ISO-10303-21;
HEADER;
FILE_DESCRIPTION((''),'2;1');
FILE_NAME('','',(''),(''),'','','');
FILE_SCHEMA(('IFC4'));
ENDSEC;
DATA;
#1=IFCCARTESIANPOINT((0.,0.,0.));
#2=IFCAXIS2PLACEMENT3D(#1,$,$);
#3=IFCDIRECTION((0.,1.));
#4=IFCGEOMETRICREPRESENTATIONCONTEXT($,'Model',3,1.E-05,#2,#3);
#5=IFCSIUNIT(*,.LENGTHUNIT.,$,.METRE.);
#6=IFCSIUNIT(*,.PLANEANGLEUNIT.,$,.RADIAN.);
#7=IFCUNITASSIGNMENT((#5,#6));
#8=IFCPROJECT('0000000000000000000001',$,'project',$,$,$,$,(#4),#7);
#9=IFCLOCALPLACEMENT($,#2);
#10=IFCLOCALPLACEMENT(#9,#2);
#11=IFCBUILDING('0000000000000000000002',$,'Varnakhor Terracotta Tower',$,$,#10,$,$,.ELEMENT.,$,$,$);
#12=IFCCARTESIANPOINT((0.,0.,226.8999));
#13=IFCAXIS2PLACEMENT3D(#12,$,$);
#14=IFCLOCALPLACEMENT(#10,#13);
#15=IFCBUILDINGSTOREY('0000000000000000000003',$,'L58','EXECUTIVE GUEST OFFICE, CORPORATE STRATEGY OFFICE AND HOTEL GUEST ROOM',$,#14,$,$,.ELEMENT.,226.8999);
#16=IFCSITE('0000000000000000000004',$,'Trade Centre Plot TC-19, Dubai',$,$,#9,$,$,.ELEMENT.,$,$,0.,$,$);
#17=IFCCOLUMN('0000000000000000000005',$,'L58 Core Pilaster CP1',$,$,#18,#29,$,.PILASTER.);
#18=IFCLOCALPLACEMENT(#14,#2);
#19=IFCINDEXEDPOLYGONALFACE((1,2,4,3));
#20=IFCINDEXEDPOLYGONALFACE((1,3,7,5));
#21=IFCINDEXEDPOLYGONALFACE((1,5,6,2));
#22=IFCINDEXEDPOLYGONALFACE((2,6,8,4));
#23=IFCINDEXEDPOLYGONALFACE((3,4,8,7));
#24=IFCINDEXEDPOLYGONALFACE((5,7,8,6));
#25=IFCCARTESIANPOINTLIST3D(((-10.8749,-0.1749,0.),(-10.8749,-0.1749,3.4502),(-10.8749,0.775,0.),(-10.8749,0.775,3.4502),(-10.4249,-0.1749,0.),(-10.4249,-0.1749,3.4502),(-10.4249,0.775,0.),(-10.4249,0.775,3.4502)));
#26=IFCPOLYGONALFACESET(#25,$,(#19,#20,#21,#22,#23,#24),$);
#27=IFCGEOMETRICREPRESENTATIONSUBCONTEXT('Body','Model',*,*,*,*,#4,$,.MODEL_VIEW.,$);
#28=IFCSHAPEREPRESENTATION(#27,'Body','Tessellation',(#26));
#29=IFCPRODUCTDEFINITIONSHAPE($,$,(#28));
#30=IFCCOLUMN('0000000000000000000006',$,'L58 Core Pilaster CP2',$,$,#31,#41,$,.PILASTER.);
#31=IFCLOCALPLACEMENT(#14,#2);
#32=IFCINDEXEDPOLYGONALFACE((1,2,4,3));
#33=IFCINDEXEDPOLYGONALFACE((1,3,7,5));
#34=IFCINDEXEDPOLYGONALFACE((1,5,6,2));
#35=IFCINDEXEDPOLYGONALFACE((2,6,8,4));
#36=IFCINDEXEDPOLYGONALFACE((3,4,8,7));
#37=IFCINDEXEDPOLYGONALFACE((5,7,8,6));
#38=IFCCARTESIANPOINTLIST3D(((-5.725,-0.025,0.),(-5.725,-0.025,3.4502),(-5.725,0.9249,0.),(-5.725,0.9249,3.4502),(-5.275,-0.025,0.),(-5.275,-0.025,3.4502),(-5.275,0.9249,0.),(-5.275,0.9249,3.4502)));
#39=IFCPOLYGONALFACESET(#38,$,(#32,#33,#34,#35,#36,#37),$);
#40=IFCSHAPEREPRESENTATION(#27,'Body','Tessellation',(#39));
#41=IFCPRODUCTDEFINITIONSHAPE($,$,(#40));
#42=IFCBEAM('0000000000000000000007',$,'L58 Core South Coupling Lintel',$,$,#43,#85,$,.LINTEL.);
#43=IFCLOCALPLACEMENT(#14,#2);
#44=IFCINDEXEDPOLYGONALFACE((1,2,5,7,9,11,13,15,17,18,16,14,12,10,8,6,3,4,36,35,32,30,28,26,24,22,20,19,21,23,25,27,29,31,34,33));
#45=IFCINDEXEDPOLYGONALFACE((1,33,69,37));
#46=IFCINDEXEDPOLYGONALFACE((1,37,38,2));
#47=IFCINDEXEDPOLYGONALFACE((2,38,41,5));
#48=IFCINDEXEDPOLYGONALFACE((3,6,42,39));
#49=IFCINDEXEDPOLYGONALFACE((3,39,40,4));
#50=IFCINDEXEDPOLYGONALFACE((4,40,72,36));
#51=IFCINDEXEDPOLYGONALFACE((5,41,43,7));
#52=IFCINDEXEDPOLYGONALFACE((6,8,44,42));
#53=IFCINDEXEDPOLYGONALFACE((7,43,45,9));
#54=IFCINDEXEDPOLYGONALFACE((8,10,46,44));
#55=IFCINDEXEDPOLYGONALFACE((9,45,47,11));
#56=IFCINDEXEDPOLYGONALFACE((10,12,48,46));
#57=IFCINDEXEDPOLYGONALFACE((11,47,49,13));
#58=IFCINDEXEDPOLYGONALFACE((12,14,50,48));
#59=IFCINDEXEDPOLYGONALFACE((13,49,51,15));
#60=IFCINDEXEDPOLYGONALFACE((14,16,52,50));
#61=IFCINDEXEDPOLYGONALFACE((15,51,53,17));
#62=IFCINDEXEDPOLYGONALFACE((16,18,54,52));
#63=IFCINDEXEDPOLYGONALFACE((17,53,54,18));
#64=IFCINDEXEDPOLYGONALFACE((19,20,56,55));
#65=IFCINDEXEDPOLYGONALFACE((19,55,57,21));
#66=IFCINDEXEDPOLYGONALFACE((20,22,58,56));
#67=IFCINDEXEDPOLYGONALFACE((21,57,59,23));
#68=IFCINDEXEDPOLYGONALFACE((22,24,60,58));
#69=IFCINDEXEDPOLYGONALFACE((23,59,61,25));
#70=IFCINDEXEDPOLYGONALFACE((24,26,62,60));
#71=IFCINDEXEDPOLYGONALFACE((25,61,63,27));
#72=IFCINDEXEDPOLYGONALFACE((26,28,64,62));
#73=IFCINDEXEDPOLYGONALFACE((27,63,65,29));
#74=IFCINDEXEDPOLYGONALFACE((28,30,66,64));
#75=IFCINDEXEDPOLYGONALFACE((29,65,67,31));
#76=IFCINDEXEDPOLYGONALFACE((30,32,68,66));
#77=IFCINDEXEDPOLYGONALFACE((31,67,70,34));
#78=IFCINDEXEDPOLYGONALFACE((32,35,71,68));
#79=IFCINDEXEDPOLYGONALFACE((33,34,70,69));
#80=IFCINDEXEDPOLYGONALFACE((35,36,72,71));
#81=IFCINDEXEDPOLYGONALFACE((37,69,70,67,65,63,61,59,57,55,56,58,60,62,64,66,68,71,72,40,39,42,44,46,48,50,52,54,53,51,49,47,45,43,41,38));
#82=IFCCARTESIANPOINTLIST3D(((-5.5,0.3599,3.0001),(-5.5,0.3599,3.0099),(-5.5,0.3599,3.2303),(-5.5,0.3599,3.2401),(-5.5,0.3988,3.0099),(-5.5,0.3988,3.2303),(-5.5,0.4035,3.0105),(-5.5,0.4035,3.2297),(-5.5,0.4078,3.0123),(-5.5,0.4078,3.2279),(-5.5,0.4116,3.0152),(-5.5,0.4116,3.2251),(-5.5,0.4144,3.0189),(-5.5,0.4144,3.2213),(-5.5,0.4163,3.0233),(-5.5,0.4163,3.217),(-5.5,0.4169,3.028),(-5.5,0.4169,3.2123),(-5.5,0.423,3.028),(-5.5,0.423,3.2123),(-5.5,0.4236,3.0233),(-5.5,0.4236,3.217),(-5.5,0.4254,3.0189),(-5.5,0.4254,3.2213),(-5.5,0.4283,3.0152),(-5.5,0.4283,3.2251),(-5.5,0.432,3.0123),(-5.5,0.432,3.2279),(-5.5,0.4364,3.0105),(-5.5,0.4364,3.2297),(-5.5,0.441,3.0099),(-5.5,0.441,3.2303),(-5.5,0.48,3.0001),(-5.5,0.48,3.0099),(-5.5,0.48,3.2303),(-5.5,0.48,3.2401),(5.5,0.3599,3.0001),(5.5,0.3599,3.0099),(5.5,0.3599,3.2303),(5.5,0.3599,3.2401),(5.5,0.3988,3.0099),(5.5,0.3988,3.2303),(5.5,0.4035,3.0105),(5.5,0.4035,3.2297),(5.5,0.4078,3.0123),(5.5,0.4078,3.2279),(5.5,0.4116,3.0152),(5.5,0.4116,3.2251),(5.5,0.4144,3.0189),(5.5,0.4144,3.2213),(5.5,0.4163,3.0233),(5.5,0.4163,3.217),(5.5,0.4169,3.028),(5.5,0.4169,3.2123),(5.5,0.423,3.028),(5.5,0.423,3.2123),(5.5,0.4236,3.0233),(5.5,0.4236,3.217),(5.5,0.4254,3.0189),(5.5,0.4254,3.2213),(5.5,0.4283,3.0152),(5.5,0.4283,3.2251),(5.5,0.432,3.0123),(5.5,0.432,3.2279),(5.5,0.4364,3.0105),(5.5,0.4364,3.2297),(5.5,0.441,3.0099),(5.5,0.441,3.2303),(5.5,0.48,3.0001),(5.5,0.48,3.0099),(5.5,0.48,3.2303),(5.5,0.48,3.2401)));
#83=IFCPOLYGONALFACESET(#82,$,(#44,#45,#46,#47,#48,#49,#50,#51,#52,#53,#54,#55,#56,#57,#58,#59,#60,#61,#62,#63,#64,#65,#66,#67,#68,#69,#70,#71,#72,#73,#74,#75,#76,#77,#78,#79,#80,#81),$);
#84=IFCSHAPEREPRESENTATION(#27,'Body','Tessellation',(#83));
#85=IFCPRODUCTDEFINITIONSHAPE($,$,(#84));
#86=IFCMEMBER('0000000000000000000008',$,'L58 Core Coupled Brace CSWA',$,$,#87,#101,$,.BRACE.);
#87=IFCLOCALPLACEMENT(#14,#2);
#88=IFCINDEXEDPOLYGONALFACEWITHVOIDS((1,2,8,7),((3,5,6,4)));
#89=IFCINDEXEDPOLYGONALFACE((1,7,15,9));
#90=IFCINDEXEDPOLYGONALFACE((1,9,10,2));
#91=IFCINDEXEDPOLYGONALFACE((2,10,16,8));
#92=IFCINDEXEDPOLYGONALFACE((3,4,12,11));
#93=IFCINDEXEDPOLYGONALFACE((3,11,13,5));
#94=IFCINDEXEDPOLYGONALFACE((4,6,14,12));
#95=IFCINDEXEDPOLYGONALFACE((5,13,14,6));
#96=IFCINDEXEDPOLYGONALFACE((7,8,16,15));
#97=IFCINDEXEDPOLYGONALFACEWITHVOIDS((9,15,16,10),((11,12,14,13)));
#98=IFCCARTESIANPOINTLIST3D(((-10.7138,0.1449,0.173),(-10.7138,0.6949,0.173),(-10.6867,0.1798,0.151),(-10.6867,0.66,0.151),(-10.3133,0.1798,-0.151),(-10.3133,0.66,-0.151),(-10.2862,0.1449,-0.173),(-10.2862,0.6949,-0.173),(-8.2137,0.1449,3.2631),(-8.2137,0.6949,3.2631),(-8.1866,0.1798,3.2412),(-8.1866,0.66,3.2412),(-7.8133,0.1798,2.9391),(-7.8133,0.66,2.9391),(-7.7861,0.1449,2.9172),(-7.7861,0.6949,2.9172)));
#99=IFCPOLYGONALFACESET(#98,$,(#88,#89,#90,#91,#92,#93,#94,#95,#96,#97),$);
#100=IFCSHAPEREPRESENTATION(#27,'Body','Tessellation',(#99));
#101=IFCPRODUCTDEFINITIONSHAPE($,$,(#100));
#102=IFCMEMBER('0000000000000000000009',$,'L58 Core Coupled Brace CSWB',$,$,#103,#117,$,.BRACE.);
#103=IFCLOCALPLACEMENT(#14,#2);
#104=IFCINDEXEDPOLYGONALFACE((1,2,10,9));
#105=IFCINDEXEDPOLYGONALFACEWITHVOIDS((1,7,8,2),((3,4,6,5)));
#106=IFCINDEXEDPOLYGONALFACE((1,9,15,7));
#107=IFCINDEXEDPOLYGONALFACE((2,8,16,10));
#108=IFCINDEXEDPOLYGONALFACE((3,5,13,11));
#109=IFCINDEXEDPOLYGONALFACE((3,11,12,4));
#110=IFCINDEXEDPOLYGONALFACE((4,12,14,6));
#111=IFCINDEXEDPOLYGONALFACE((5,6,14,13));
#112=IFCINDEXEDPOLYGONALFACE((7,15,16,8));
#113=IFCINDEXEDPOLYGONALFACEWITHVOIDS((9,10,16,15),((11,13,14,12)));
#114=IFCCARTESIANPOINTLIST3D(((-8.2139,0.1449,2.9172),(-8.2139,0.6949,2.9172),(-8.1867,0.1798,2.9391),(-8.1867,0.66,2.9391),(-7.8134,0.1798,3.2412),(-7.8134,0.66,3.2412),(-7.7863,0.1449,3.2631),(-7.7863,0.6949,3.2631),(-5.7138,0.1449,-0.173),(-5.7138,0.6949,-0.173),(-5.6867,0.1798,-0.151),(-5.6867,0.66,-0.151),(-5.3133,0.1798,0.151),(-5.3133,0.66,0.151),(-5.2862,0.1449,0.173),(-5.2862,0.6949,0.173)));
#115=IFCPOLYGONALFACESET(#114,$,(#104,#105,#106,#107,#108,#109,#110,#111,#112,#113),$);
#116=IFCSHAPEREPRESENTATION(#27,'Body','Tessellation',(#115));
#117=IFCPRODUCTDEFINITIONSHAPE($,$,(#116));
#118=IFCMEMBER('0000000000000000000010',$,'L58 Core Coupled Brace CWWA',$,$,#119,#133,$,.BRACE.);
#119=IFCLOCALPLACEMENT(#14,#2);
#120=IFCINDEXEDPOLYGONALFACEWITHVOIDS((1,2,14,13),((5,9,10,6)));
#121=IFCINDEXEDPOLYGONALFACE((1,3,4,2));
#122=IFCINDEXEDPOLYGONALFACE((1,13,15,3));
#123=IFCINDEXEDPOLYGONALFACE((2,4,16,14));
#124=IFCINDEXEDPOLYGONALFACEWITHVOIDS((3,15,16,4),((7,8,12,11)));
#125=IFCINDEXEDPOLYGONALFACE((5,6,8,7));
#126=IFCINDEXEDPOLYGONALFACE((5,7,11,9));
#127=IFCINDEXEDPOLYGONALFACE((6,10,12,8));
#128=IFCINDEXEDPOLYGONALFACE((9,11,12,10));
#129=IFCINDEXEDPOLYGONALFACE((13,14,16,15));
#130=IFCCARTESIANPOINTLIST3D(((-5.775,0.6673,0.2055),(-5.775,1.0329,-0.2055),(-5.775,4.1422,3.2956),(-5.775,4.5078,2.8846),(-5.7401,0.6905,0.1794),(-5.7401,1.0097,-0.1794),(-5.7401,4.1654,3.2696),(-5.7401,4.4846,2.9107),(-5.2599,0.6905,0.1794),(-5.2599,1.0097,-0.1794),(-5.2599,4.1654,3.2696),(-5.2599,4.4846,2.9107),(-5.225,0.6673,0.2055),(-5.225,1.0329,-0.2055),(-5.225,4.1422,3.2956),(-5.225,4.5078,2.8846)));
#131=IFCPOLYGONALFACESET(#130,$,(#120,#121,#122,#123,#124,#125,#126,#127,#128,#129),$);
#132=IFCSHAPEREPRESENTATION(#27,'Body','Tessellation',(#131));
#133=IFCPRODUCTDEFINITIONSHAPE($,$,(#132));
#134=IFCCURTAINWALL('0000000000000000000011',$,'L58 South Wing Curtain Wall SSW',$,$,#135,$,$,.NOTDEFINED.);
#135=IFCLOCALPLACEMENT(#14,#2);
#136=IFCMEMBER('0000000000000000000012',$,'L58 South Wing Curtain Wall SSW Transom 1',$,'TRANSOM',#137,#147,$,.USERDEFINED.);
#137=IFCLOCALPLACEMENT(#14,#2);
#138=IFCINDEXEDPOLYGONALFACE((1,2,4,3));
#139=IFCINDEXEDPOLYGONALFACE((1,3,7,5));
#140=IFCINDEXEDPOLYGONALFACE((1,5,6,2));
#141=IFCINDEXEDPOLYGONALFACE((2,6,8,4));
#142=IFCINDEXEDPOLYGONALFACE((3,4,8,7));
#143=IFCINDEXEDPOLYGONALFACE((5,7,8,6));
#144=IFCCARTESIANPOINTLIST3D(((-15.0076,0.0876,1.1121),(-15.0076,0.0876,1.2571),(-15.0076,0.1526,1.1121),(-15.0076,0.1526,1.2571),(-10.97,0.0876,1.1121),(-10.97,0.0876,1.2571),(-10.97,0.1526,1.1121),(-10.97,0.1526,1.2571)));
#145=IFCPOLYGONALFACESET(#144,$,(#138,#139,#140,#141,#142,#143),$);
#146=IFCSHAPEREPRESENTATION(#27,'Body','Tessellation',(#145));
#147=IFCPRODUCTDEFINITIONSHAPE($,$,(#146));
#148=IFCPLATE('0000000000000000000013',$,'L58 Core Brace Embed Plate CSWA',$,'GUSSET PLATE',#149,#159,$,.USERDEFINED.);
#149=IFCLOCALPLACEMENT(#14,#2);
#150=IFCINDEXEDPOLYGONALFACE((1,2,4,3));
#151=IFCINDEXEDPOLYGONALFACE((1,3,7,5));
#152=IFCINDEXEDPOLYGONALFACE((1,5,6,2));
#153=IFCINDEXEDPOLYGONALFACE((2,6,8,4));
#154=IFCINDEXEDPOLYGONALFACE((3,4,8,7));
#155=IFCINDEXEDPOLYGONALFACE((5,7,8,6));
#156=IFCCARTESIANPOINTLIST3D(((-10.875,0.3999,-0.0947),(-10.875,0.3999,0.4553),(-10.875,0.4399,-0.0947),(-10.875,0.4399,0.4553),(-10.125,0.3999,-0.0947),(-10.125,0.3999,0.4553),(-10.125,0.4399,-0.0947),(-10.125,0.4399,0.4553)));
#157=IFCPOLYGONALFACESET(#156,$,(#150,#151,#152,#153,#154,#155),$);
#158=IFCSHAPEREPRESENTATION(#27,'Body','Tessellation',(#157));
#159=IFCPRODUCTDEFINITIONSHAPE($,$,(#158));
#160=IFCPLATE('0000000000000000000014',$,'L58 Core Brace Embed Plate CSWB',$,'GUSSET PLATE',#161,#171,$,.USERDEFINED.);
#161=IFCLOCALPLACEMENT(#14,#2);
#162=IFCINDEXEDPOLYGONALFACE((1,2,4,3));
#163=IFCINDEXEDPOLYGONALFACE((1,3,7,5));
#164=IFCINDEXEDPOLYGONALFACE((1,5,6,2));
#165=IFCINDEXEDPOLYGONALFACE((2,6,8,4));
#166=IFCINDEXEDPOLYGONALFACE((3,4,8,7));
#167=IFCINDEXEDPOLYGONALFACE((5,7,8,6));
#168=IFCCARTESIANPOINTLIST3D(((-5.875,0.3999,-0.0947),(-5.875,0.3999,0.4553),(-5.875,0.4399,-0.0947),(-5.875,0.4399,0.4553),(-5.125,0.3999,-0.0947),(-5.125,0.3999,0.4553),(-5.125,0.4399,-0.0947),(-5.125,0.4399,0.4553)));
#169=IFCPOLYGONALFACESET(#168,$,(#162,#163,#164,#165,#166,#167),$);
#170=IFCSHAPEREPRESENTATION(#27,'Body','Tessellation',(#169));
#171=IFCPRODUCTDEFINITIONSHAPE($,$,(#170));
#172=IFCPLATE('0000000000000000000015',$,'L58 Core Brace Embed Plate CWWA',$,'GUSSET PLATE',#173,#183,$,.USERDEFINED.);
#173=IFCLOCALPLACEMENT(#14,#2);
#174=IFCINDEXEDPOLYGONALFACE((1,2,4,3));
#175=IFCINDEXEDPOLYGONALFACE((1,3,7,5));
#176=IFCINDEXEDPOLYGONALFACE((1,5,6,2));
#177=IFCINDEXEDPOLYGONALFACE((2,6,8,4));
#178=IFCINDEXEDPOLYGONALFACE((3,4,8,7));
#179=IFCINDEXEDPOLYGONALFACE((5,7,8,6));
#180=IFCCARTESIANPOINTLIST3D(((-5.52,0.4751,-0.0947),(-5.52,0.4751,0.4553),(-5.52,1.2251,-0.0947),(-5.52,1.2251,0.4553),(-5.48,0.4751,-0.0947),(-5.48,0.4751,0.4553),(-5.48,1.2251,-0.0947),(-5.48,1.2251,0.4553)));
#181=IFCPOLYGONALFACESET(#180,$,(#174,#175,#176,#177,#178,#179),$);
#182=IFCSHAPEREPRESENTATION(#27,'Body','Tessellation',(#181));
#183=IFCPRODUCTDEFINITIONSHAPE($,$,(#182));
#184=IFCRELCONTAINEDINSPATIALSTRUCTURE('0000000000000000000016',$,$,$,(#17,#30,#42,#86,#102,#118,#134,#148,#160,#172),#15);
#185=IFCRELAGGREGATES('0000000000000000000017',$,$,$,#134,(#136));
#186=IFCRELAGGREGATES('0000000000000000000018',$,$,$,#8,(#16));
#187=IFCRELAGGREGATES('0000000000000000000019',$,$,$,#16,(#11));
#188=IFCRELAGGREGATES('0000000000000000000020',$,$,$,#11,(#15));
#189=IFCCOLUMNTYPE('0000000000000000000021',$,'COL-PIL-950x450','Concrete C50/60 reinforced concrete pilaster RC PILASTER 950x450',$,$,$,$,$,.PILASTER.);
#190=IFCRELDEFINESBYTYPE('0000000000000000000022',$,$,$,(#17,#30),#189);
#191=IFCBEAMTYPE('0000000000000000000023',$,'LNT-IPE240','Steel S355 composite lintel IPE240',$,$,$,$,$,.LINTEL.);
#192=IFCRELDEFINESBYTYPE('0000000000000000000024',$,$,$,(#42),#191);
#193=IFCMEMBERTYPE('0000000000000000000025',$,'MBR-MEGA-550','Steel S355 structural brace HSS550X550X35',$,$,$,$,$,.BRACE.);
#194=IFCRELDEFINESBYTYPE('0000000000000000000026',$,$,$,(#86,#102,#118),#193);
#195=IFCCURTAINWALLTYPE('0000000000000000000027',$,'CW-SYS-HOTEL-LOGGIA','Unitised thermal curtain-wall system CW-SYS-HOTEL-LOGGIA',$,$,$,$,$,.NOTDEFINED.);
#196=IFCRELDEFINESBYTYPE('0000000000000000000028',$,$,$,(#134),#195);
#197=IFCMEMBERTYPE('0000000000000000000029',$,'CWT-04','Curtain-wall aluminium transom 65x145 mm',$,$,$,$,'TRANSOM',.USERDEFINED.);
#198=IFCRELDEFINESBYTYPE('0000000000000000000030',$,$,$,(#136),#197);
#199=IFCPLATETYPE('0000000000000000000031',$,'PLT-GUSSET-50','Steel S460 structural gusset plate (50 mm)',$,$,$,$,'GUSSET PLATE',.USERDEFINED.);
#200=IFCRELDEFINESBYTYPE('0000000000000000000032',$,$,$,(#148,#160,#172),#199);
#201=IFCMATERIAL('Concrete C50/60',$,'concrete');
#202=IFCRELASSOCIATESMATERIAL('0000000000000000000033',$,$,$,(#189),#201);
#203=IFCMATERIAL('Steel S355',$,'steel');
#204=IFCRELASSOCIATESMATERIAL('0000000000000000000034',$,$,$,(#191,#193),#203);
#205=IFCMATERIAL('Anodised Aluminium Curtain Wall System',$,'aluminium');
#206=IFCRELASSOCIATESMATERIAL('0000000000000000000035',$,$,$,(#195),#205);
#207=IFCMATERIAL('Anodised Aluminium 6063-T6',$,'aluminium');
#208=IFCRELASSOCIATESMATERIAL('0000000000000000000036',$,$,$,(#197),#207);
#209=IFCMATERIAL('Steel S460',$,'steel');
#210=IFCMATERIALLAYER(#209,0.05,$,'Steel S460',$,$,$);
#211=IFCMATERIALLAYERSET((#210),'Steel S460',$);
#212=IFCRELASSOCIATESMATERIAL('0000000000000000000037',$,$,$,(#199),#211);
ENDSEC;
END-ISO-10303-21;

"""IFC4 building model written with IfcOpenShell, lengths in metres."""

from ifc_helpers import new_model, si_unit, direction, frame, origin, origin_2d, place, context, subcontext, project, spatial, rectangle, hollow_rectangle, i_section, extrude, source, transform, mapped, material, layer, layer_set, material_profile, profile_set, type_object, type_shapes, element, aggregate, save


model = new_model("IFC4")

# Units and contexts
model_context = context("Model", 3, precision=1e-05, world=origin(), true_north=direction((0.0, 1.0)))
body_context = subcontext(model_context, "Body", "Model", "MODEL_VIEW")
ifc_project = project(units=[si_unit("LENGTHUNIT", "METRE"), si_unit("PLANEANGLEUNIT", "RADIAN")], contexts=[model_context])

# Site, building, storey
site_placement = place(None, origin())
site = spatial("IfcSite", under=ifc_project, at=site_placement, Name="Trade Centre Plot TC-19, Dubai", CompositionType="ELEMENT", RefElevation=0.0)
building_placement = place(site_placement, origin())
building = spatial("IfcBuilding", under=site, at=building_placement, Name="Varnakhor Terracotta Tower", CompositionType="ELEMENT")
storey_placement = place(building_placement, frame((0.0, 0.0, 226.8999)))
storey = spatial("IfcBuildingStorey", under=building, at=storey_placement, Name="L58", Description="EXECUTIVE GUEST OFFICE, CORPORATE STRATEGY OFFICE AND HOTEL GUEST ROOM", CompositionType="ELEMENT", Elevation=226.8999)

# Columns
ifc_material_1 = material(Name="Concrete C50/60", Category="concrete")
ifc_material_profile_1 = material_profile(ifc_material_1, rectangle(XDim=0.45, YDim=0.95, at=origin_2d()), Name="RC PILASTER 950x450")
ifc_profile_set_1 = profile_set([ifc_material_profile_1], Name="Concrete C50/60")
column_type = type_object("IfcColumnType", Name="COL-PIL-950x450", Description="Concrete C50/60 reinforced concrete pilaster RC PILASTER 950x450", PredefinedType="PILASTER", material=ifc_profile_set_1)
shared_shape_1 = source(origin(), body_context, "Body", "SweptSolid", [
    extrude(rectangle(XDim=0.45, YDim=0.95, at=origin_2d()), origin(), (0.0, 0.0, 1.0), 3.4502),
])
for number, where, z_axis, x_axis, name in (
    (1, (-10.6499, 0.3, 0.0), (0.0, 0.0, 1.0), (1.0, 0.0, 0.0), "L58 Core Pilaster CP1"),
    (2, (-5.5, 0.45, 0.0), (0.0, 0.0, 1.0), (1.0, 0.0, 0.0), "L58 Core Pilaster CP2"),
):
    element("IfcColumn", number, at=place(storey_placement, frame(where, z_axis=z_axis, x_axis=x_axis)), inside=storey, type_object=column_type, Name=name, PredefinedType="PILASTER", context=body_context, shape_type="MappedRepresentation", body=[
        mapped(shared_shape_1, transform((0.0, 0.0, 0.0), scale=1.0)),
    ])

# Beam
ifc_material_2 = material(Name="Steel S355", Category="steel")
ifc_material_profile_2 = material_profile(ifc_material_2, i_section(OverallWidth=0.1201, OverallDepth=0.24, WebThickness=0.0061, FlangeThickness=0.0098, FilletRadius=0.0181, at=origin_2d()), Name="IPE240")
ifc_profile_set_2 = profile_set([ifc_material_profile_2], Name="Steel S355")
beam_type = type_object("IfcBeamType", Name="LNT-IPE240", Description="Steel S355 composite lintel IPE240", PredefinedType="LINTEL", material=ifc_profile_set_2)
shared_shape_2 = source(origin(), body_context, "Body", "SweptSolid", [
    extrude(i_section(OverallWidth=0.1201, OverallDepth=0.24, WebThickness=0.0061, FlangeThickness=0.0098, FilletRadius=0.0181, at=origin_2d()), origin(), (0.0, 0.0, 1.0), 11.0),
])
type_shapes(beam_type, [shared_shape_2])
beam_placement = place(storey_placement, frame((-5.5, 0.4199, 3.1201), z_axis=(1.0, 0.0, 0.0), x_axis=(0.0, 1.0, 0.0)))
element("IfcBeam", 3, at=beam_placement, inside=storey, type_object=beam_type, Name="L58 Core South Coupling Lintel", PredefinedType="LINTEL", context=body_context, shape_type="MappedRepresentation", body=[
    mapped(shared_shape_2, transform((0.0, 0.0, 0.0), scale=1.0)),
])

# Members
ifc_material_profile_3 = material_profile(ifc_material_2, hollow_rectangle(XDim=0.55, YDim=0.55, WallThickness=0.0349, at=origin_2d()), Name="HSS550X550X35")
ifc_profile_set_3 = profile_set([ifc_material_profile_3], Name="Steel S355")
member_type_1 = type_object("IfcMemberType", Name="MBR-MEGA-550", Description="Steel S355 structural brace HSS550X550X35", PredefinedType="BRACE", material=ifc_profile_set_3)
shared_shape_3 = source(origin(), body_context, "Body", "SweptSolid", [
    extrude(hollow_rectangle(XDim=0.55, YDim=0.55, WallThickness=0.0349, at=origin_2d()), origin(), (0.0, 0.0, 1.0), 3.9749),
])
for number, where, z_axis, x_axis, name in (
    (4, (-10.5, 0.4199, 0.0), (0.62897, 0.0, 0.777429), (0.0, 1.0, 0.0), "L58 Core Coupled Brace CSWA"),
    (5, (-5.5, 0.4199, 0.0), (-0.62897, 0.0, 0.777429), (0.0, -1.0, 0.0), "L58 Core Coupled Brace CSWB"),
):
    element("IfcMember", number, at=place(storey_placement, frame(where, z_axis=z_axis, x_axis=x_axis)), inside=storey, type_object=member_type_1, Name=name, PredefinedType="BRACE", context=body_context, shape_type="MappedRepresentation", body=[
        mapped(shared_shape_3, transform((0.0, 0.0, 0.0), scale=1.0)),
    ])
shared_shape_4 = source(origin(), body_context, "Body", "SweptSolid", [
    extrude(hollow_rectangle(XDim=0.55, YDim=0.55, WallThickness=0.0349, at=origin_2d()), origin(), (0.0, 0.0, 1.0), 4.6501),
])
member_1_placement = place(storey_placement, frame((-5.5, 0.8501, 0.0), z_axis=(0.0, 0.747267, 0.664524), x_axis=(-1.0, 0.0, 0.0)))
element("IfcMember", 6, at=member_1_placement, inside=storey, type_object=member_type_1, Name="L58 Core Coupled Brace CWWA", PredefinedType="BRACE", context=body_context, shape_type="MappedRepresentation", body=[
    mapped(shared_shape_4, transform((0.0, 0.0, 0.0), scale=1.0)),
])

# Curtain wall, member
ifc_material_3 = material(Name="Anodised Aluminium Curtain Wall System", Category="aluminium")
curtain_wall_type = type_object("IfcCurtainWallType", Name="CW-SYS-HOTEL-LOGGIA", Description="Unitised thermal curtain-wall system CW-SYS-HOTEL-LOGGIA", PredefinedType="NOTDEFINED", material=ifc_material_3)
curtain_wall_placement = place(storey_placement, origin())
curtain_wall = element("IfcCurtainWall", 7, at=curtain_wall_placement, inside=storey, type_object=curtain_wall_type, Name="L58 South Wing Curtain Wall SSW", PredefinedType="NOTDEFINED")
ifc_material_4 = material(Name="Anodised Aluminium 6063-T6", Category="aluminium")
ifc_material_profile_4 = material_profile(ifc_material_4, rectangle(XDim=0.0649, YDim=0.145, at=origin_2d()), Name="ALU TRANSOM 65x145")
ifc_profile_set_4 = profile_set([ifc_material_profile_4], Name="Anodised Aluminium 6063-T6")
member_type_2 = type_object("IfcMemberType", Name="CWT-04", Description="Curtain-wall aluminium transom 65x145 mm", ElementType="TRANSOM", PredefinedType="USERDEFINED", material=ifc_profile_set_4)
shared_shape_5 = source(origin(), body_context, "Body", "SweptSolid", [
    extrude(rectangle(XDim=0.0649, YDim=0.145, at=origin_2d()), origin(), (0.0, 0.0, 1.0), 4.0376),
])
member_2_placement = place(storey_placement, frame((-10.97, 0.1201, 1.1846), z_axis=(-1.0, 0.0, 0.0), x_axis=(0.0, -1.0, 0.0)))
member_2 = element("IfcMember", 8, at=member_2_placement, type_object=member_type_2, Name="L58 South Wing Curtain Wall SSW Transom 1", ObjectType="TRANSOM", PredefinedType="USERDEFINED", context=body_context, shape_type="MappedRepresentation", body=[
    mapped(shared_shape_5, transform((0.0, 0.0, 0.0), scale=1.0)),
])
aggregate(curtain_wall, [member_2])

# Plates
ifc_material_5 = material(Name="Steel S460", Category="steel")
ifc_layer_1 = layer(ifc_material_5, 0.05, Name="Steel S460")
ifc_layer_set_1 = layer_set([ifc_layer_1], Name="Steel S460")
plate_type = type_object("IfcPlateType", Name="PLT-GUSSET-50", Description="Steel S460 structural gusset plate (50 mm)", ElementType="GUSSET PLATE", PredefinedType="USERDEFINED", material=ifc_layer_set_1)
shared_shape_6 = source(origin(), body_context, "Body", "SweptSolid", [
    extrude(rectangle(XDim=0.75, YDim=0.04, at=origin_2d()), origin(), (0.0, 0.0, 1.0), 0.55),
])
type_shapes(plate_type, [shared_shape_6])
for number, where, z_axis, x_axis, name in (
    (9, (-10.5, 0.4199, -0.0947), (0.0, 0.0, 1.0), (1.0, 0.0, 0.0), "L58 Core Brace Embed Plate CSWA"),
    (10, (-5.5, 0.4199, -0.0947), (0.0, 0.0, 1.0), (1.0, 0.0, 0.0), "L58 Core Brace Embed Plate CSWB"),
    (11, (-5.5, 0.8501, -0.0947), (0.0, 0.0, 1.0), (0.0, 1.0, 0.0), "L58 Core Brace Embed Plate CWWA"),
):
    element("IfcPlate", number, at=place(storey_placement, frame(where, z_axis=z_axis, x_axis=x_axis)), inside=storey, type_object=plate_type, Name=name, ObjectType="GUSSET PLATE", PredefinedType="USERDEFINED", context=body_context, shape_type="MappedRepresentation", body=[
        mapped(shared_shape_6, transform((0.0, 0.0, 0.0), scale=1.0)),
    ])

save(model, "model.ifc")
